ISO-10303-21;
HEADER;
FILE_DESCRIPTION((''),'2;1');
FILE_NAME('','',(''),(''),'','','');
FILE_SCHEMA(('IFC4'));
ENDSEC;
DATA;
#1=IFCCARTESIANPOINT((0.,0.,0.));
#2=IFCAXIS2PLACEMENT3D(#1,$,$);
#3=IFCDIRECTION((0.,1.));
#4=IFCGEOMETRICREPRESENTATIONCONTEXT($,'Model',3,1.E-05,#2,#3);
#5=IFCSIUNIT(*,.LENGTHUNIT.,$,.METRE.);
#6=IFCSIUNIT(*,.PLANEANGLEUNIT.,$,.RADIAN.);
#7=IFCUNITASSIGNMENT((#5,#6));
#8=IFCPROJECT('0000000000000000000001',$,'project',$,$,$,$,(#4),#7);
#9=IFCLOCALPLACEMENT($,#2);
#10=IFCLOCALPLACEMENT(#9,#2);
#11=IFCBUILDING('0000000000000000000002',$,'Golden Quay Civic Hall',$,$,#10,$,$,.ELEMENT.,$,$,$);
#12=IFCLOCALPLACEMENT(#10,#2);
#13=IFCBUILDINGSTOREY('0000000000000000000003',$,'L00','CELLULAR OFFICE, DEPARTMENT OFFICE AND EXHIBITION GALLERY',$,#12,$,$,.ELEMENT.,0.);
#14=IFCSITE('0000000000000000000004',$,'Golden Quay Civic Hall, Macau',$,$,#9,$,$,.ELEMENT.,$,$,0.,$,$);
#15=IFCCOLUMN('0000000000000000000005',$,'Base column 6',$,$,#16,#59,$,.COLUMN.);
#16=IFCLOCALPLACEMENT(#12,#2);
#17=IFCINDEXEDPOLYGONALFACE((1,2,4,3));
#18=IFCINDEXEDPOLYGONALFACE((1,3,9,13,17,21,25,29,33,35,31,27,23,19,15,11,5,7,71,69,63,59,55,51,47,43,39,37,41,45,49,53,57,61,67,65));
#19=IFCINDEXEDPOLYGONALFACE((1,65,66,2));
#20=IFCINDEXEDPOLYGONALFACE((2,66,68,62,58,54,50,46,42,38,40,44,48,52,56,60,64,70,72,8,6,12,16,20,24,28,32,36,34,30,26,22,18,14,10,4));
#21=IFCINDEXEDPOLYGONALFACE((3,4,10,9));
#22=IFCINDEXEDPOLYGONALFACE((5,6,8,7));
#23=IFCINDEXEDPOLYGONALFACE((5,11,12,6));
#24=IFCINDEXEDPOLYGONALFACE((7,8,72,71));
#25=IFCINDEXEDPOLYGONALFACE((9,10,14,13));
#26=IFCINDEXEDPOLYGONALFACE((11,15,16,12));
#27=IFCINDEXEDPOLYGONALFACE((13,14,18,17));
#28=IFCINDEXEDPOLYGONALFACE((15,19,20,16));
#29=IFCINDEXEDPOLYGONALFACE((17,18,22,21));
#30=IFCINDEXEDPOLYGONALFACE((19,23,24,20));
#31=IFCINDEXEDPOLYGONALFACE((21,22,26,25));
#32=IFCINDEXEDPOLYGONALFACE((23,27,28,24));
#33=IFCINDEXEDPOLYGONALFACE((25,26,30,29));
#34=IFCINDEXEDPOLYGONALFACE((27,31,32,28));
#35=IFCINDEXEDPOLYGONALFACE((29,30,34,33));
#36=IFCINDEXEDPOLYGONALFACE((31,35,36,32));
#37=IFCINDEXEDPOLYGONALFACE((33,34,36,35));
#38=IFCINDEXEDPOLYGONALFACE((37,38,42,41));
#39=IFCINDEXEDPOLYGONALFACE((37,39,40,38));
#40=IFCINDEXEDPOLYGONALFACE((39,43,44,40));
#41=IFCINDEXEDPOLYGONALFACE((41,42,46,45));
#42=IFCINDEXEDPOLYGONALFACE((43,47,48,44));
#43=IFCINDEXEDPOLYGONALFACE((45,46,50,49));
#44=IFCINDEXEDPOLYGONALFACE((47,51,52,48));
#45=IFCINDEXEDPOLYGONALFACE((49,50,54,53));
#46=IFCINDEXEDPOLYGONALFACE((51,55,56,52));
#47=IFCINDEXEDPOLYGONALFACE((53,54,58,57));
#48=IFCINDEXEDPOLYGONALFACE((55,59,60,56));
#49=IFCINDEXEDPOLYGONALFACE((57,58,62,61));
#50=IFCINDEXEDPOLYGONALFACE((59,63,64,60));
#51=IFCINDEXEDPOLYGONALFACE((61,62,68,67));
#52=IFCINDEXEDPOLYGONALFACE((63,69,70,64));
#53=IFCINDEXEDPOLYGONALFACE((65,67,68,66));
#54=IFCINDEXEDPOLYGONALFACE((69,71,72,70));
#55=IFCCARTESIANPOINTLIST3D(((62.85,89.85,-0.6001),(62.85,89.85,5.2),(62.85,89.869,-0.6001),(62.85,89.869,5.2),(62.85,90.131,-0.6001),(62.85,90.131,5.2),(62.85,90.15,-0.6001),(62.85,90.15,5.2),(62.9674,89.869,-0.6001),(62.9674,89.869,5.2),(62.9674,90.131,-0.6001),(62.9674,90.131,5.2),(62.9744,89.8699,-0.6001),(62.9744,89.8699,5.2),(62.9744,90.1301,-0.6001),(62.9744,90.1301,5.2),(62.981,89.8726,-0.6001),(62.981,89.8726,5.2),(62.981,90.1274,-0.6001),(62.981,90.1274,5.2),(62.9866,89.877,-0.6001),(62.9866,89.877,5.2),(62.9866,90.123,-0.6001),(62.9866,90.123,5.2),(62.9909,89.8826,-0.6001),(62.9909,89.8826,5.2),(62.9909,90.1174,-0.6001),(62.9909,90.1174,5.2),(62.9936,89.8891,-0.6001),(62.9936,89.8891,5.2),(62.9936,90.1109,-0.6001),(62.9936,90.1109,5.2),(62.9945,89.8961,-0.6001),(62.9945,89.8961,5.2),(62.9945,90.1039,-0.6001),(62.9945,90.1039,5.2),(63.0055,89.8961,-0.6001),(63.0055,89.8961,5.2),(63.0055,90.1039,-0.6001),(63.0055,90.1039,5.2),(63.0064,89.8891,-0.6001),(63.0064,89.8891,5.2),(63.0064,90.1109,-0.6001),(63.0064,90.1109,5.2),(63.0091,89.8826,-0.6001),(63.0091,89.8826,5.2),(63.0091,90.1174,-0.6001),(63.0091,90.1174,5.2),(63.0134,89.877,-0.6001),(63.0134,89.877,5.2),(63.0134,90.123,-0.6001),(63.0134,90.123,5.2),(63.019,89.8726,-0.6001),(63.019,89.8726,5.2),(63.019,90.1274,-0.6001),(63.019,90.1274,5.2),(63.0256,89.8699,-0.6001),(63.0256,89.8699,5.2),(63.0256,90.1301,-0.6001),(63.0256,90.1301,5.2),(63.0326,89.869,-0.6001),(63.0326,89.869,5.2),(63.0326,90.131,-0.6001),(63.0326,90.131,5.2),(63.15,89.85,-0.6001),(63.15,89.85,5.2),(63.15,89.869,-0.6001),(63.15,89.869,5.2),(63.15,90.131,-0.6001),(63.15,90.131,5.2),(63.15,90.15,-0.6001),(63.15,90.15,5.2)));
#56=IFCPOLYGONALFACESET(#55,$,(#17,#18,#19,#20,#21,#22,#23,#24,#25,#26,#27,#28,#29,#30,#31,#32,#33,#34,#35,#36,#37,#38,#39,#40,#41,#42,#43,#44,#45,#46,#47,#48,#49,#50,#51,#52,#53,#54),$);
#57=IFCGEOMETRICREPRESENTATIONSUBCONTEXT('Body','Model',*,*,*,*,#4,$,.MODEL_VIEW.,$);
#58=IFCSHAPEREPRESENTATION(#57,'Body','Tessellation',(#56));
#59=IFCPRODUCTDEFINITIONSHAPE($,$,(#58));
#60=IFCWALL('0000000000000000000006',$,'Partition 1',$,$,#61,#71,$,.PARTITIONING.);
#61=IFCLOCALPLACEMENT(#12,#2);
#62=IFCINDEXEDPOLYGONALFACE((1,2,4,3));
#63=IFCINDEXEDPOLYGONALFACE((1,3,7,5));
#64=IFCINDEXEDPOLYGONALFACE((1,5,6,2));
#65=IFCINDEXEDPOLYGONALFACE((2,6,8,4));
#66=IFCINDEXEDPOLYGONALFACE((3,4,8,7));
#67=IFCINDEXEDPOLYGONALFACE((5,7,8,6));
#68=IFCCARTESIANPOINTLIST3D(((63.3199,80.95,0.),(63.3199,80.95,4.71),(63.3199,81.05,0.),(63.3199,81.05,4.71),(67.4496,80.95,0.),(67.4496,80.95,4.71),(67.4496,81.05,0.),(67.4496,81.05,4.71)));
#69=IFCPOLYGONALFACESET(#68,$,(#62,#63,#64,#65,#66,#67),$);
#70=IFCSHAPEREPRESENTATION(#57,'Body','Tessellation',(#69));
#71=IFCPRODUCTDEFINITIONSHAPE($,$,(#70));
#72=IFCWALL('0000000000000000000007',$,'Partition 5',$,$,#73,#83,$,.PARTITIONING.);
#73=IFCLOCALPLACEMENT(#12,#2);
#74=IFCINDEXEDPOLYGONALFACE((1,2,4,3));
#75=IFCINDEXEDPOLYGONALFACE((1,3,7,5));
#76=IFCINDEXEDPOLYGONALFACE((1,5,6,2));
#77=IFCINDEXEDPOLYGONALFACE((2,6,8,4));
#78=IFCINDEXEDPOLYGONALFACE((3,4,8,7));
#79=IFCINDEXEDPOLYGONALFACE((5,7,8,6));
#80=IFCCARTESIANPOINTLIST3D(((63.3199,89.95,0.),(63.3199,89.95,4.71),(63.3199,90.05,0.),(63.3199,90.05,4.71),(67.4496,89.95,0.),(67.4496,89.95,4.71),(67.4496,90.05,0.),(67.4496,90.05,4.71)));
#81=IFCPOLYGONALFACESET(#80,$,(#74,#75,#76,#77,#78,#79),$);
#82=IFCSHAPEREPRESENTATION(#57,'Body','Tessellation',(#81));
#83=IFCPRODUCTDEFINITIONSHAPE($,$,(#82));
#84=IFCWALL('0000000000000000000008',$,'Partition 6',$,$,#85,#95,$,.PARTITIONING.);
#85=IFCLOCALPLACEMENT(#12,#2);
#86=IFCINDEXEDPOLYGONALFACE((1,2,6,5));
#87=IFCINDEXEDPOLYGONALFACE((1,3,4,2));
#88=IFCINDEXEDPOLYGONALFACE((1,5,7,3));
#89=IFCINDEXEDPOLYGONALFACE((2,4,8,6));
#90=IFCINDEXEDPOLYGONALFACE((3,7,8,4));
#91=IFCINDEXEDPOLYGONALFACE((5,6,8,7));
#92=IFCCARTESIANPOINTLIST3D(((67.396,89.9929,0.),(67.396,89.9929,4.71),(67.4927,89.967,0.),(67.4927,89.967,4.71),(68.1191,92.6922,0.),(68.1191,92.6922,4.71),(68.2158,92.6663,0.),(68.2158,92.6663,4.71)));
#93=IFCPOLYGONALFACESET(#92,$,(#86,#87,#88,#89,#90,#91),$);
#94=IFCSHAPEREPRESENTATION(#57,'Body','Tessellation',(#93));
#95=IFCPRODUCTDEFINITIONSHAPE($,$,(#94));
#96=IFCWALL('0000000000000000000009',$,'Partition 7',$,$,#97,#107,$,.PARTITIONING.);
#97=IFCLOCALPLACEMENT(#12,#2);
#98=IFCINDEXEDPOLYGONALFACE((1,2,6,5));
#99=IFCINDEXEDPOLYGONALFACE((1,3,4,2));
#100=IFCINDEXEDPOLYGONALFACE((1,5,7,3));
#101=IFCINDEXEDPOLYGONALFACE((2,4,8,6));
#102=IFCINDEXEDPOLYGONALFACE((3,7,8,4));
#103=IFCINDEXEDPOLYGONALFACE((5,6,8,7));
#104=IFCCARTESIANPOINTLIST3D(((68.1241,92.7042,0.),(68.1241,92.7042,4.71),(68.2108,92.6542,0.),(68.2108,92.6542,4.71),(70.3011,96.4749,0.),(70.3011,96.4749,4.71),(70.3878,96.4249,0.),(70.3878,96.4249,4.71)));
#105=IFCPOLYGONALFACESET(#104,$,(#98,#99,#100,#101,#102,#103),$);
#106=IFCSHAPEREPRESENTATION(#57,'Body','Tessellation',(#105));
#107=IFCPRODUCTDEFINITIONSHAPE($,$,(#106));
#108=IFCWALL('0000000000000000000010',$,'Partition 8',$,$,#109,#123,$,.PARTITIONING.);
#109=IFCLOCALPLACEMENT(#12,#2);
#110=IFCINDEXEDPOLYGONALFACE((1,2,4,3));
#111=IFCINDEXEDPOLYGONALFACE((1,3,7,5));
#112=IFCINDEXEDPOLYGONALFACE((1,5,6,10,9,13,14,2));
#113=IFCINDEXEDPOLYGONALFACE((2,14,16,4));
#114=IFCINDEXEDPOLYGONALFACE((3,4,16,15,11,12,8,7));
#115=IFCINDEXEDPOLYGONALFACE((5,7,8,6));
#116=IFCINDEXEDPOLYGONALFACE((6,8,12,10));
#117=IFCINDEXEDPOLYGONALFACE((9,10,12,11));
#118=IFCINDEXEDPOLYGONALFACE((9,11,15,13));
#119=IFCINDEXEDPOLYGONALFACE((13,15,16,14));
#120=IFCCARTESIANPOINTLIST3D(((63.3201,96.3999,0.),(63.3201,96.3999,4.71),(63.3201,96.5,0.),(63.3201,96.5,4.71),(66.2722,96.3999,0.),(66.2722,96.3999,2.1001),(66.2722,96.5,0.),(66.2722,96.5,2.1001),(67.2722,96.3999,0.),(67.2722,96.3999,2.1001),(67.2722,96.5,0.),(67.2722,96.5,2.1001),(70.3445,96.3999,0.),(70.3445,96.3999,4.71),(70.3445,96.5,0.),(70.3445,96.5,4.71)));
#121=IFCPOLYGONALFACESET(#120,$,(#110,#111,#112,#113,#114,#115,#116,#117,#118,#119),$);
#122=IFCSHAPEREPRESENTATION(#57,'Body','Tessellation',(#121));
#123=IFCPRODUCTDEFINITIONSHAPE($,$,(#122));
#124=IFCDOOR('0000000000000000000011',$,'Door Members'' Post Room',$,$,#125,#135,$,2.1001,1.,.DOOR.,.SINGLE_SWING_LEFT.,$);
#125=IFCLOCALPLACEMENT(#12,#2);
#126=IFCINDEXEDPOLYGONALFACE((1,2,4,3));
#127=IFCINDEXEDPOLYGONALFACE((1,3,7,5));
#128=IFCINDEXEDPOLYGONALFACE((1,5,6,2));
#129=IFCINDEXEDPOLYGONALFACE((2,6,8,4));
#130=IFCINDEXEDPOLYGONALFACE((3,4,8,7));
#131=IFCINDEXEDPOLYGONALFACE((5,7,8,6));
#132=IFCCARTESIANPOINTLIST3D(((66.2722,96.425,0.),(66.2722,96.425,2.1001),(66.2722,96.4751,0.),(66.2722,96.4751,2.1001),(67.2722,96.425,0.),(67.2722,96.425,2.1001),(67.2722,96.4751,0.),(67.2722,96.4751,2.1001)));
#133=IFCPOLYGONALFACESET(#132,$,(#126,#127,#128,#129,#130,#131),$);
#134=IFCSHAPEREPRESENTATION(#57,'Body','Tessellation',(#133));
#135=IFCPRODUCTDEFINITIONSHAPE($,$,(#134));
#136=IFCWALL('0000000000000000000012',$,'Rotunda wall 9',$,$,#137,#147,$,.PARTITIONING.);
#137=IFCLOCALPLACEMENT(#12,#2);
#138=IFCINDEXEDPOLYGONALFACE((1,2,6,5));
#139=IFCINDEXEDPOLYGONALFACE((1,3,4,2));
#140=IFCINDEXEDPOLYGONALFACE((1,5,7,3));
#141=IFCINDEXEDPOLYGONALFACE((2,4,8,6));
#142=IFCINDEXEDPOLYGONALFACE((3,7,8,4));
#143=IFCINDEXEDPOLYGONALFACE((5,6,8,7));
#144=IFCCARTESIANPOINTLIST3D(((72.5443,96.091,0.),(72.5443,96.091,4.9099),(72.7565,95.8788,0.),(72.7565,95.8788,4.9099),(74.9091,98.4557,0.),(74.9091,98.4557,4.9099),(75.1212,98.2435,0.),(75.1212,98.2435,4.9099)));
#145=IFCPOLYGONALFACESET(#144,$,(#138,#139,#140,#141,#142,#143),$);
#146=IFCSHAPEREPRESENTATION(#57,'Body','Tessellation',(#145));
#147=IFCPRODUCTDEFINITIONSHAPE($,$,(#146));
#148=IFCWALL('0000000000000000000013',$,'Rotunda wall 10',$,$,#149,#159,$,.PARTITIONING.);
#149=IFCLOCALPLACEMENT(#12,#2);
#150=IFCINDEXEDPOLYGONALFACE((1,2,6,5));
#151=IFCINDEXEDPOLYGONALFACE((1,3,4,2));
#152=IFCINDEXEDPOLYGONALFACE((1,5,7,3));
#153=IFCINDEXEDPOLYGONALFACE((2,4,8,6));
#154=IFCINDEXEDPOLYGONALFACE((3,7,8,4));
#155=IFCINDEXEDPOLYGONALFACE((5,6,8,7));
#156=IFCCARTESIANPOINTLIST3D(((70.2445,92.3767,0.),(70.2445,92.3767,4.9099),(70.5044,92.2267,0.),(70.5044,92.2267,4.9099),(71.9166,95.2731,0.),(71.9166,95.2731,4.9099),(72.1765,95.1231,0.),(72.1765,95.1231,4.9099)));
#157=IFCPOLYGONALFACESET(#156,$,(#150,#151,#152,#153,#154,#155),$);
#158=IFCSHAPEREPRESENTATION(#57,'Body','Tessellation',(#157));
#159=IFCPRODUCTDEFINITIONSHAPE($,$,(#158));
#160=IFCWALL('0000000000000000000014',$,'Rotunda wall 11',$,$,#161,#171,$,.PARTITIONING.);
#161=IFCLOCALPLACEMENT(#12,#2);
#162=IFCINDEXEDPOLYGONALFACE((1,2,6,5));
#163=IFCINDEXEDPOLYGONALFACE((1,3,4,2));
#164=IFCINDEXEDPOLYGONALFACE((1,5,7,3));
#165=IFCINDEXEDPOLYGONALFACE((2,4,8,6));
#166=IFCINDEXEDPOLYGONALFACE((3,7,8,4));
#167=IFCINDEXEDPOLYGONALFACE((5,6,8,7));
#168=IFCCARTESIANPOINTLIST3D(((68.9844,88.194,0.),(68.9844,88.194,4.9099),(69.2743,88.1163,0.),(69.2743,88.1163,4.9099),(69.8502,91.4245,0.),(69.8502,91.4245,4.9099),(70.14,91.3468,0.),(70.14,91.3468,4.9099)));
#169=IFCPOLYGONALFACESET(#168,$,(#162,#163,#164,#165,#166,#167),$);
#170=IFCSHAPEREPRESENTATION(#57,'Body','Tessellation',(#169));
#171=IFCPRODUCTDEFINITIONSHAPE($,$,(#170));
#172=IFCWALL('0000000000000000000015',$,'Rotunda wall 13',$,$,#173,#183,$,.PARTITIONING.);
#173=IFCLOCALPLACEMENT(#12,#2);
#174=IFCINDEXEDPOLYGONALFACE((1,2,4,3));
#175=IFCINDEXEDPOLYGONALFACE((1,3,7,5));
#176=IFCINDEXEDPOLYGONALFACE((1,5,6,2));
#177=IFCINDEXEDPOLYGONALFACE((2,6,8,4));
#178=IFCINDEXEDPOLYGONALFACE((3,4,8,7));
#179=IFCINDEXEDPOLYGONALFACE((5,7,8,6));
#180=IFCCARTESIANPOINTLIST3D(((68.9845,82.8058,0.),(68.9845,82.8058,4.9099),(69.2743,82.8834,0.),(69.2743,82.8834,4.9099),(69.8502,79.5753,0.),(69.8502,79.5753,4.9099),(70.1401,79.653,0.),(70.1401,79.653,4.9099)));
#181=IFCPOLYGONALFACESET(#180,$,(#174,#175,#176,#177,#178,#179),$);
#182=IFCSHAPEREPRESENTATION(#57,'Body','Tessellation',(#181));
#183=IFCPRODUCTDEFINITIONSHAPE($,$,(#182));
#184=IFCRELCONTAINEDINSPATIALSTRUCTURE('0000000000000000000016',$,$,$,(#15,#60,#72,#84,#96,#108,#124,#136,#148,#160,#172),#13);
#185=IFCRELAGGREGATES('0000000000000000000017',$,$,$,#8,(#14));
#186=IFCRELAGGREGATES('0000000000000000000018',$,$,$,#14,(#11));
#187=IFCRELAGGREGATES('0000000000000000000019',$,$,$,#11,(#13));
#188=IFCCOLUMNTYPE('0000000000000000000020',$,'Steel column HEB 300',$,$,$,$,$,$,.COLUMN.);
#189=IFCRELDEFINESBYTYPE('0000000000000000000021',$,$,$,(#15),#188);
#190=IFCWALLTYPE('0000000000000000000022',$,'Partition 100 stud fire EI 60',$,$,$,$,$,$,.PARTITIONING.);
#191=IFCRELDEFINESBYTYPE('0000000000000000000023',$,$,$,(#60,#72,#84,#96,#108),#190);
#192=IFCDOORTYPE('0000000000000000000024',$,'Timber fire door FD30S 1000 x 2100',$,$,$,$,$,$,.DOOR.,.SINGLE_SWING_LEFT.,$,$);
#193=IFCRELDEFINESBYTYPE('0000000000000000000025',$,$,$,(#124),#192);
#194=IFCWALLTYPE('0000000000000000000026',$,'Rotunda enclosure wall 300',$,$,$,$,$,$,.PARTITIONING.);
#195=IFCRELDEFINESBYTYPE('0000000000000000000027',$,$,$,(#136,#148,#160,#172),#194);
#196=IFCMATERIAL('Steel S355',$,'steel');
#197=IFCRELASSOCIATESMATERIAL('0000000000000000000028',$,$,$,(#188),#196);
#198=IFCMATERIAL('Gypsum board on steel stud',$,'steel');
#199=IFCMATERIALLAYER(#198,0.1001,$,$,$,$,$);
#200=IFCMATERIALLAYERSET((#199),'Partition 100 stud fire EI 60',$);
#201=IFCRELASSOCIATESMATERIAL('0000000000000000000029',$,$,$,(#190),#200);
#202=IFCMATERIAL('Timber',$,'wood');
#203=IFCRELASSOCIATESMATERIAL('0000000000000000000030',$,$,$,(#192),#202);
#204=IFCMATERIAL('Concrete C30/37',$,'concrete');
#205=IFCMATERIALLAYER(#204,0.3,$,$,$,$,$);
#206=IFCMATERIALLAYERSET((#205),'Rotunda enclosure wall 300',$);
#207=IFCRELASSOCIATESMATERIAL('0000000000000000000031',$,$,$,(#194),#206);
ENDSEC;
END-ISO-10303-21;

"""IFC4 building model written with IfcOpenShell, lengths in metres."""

from ifc_helpers import new_model, si_unit, direction, frame, frame_2d, origin, origin_2d, place, context, subcontext, project, spatial, rectangle, i_section, extrude, material, layer, layer_set, material_profile, profile_set, type_object, element, fill, save


model = new_model("IFC4")

# Units and contexts
model_context = context("Model", 3, precision=1e-05, world=origin(), true_north=direction((0.0, 1.0)))
body_context = subcontext(model_context, "Body", "Model", "MODEL_VIEW")
ifc_project = project(units=[si_unit("LENGTHUNIT", "METRE"), si_unit("PLANEANGLEUNIT", "RADIAN")], contexts=[model_context])

# Site, building, storey
site_placement = place(None, origin())
site = spatial("IfcSite", under=ifc_project, at=site_placement, Name="Golden Quay Civic Hall, Macau", CompositionType="ELEMENT", RefElevation=0.0)
building_placement = place(site_placement, origin())
building = spatial("IfcBuilding", under=site, at=building_placement, Name="Golden Quay Civic Hall", CompositionType="ELEMENT")
storey_placement = place(building_placement, origin())
storey = spatial("IfcBuildingStorey", under=building, at=storey_placement, Name="L00", Description="CELLULAR OFFICE, DEPARTMENT OFFICE AND EXHIBITION GALLERY", CompositionType="ELEMENT", Elevation=0.0)

# Column
ifc_material_1 = material(Name="Steel S355", Category="steel")
ifc_material_profile_1 = material_profile(ifc_material_1, i_section(OverallWidth=0.3, OverallDepth=0.3, WebThickness=0.011, FlangeThickness=0.019, FilletRadius=0.0271, at=origin_2d()), Name="HEB 300")
ifc_profile_set_1 = profile_set([ifc_material_profile_1], Name="Steel S355")
column_type_1 = type_object("IfcColumnType", Name="Steel column HEB 300", PredefinedType="COLUMN", material=ifc_profile_set_1)
for number, where, z_axis, x_axis, name in (
    (1, (63.0, 90.0, -0.6001), (0.0, 0.0, 1.0), (1.0, 0.0, 0.0), "Base column 6"),
):
    element("IfcColumn", number, at=place(storey_placement, frame(where, z_axis=z_axis, x_axis=x_axis)), inside=storey, type_object=column_type_1, Name=name, PredefinedType="COLUMN", context=body_context, shape_type="SweptSolid", body=[
        extrude(i_section(OverallWidth=0.3, OverallDepth=0.3, WebThickness=0.011, FlangeThickness=0.019, FilletRadius=0.0271, at=origin_2d()), origin(), (0.0, 0.0, 1.0), 5.8),
    ])

# Walls
ifc_material_2 = material(Name="Gypsum board on steel stud", Category="steel")
ifc_layer_1 = layer(ifc_material_2, 0.1001)
ifc_layer_set_1 = layer_set([ifc_layer_1], Name="Partition 100 stud fire EI 60")
wall_type_1 = type_object("IfcWallType", Name="Partition 100 stud fire EI 60", PredefinedType="PARTITIONING", material=ifc_layer_set_1)
for number, where, z_axis, x_axis, name in (
    (2, (67.4497, 81.0, 0.0), (0.0, 0.0, 1.0), (-1.0, 0.0, 0.0), "Partition 1"),
    (3, (67.4497, 90.0, 0.0), (0.0, 0.0, 1.0), (-1.0, 0.0, 0.0), "Partition 5"),
):
    element("IfcWall", number, at=place(storey_placement, frame(where, z_axis=z_axis, x_axis=x_axis)), inside=storey, type_object=wall_type_1, Name=name, PredefinedType="PARTITIONING", context=body_context, shape_type="SweptSolid", body=[
        extrude(rectangle(XDim=4.1296, YDim=0.1001, at=frame_2d((2.0649, 0.0))), origin(), (0.0, 0.0, 1.0), 4.71),
    ])
wall_1_placement = place(storey_placement, frame((67.4443, 89.98, 0.0), z_axis=(0.0, 0.0, 1.0), x_axis=(0.258783, 0.965936, 0.0)))
element("IfcWall", 4, at=wall_1_placement, inside=storey, type_object=wall_type_1, Name="Partition 6", PredefinedType="PARTITIONING", context=body_context, shape_type="SweptSolid", body=[
    extrude(rectangle(XDim=2.7944, YDim=0.1001, at=frame_2d((1.3972, 0.0))), origin(), (0.0, 0.0, 1.0), 4.71),
])
wall_2_placement = place(storey_placement, frame((68.1675, 92.6792, 0.0), z_axis=(0.0, 0.0, 1.0), x_axis=(0.499993, 0.86603, 0.0)))
element("IfcWall", 5, at=wall_2_placement, inside=storey, type_object=wall_type_1, Name="Partition 7", PredefinedType="PARTITIONING", context=body_context, shape_type="SweptSolid", body=[
    extrude(rectangle(XDim=4.354, YDim=0.1001, at=frame_2d((2.177, 0.0))), origin(), (0.0, 0.0, 1.0), 4.71),
])

# Wall, opening, door
wall_3_placement = place(storey_placement, frame((70.3445, 96.45, 0.0), z_axis=(0.0, 0.0, 1.0), x_axis=(-1.0, 0.0, 0.0)))
wall_3 = element("IfcWall", 6, at=wall_3_placement, inside=storey, type_object=wall_type_1, Name="Partition 8", PredefinedType="PARTITIONING", context=body_context, shape_type="SweptSolid", body=[
    extrude(rectangle(XDim=7.0244, YDim=0.1001, at=frame_2d((3.5122, 0.0))), origin(), (0.0, 0.0, 1.0), 4.71),
])
opening_1_placement = place(wall_3_placement, frame((3.0723, 0.0, 0.0)))
opening_1 = element("IfcOpeningElement", 7, at=opening_1_placement, cuts=wall_3, PredefinedType="OPENING", context=body_context, shape_type="SweptSolid", body=[
    extrude(rectangle(XDim=1.0, YDim=2.1001, at=frame_2d((0.5, 1.05))), frame((0.0, 0.0601, 0.0), z_axis=(0.0, -1.0, 0.0), x_axis=(1.0, 0.0, 0.0)), (0.0, 0.0, 1.0), 0.1201),
])
ifc_material_3 = material(Name="Timber", Category="wood")
door_type_1 = type_object("IfcDoorType", Name="Timber fire door FD30S 1000 x 2100", OperationType="SINGLE_SWING_LEFT", PredefinedType="DOOR", material=ifc_material_3)
door_1_placement = place(opening_1_placement, origin())
door_1 = element("IfcDoor", 8, at=door_1_placement, inside=storey, type_object=door_type_1, Name="Door Members' Post Room", OperationType="SINGLE_SWING_LEFT", OverallHeight=2.1001, OverallWidth=1.0, PredefinedType="DOOR", context=body_context, shape_type="SweptSolid", body=[
    extrude(rectangle(XDim=1.0, YDim=2.1001, at=frame_2d((0.5, 1.05))), frame((0.0, 0.0249, 0.0), z_axis=(0.0, -1.0, 0.0), x_axis=(1.0, 0.0, 0.0)), (0.0, 0.0, 1.0), 0.05),
])
fill(opening_1, door_1)

# Walls
ifc_material_4 = material(Name="Concrete C30/37", Category="concrete")
ifc_layer_2 = layer(ifc_material_4, 0.3)
ifc_layer_set_2 = layer_set([ifc_layer_2], Name="Rotunda enclosure wall 300")
wall_type_2 = type_object("IfcWallType", Name="Rotunda enclosure wall 300", PredefinedType="PARTITIONING", material=ifc_layer_set_2)
wall_4_placement = place(storey_placement, frame((75.0151, 98.3496, 0.0), z_axis=(0.0, 0.0, 1.0), x_axis=(-0.707107, -0.707107, 0.0)))
element("IfcWall", 9, at=wall_4_placement, inside=storey, type_object=wall_type_2, Name="Rotunda wall 9", PredefinedType="PARTITIONING", context=body_context, shape_type="SweptSolid", body=[
    extrude(rectangle(XDim=3.3442, YDim=0.3, at=frame_2d((1.6721, 0.0))), origin(), (0.0, 0.0, 1.0), 4.9099),
])
for number, where, z_axis, x_axis, name in (
    (10, (72.0466, 95.1982, 0.0), (0.0, 0.0, 1.0), (-0.499963, -0.866047, 0.0), "Rotunda wall 10"),
    (11, (69.9951, 91.3857, 0.0), (0.0, 0.0, 1.0), (-0.258853, -0.965917, 0.0), "Rotunda wall 11"),
):
    element("IfcWall", number, at=place(storey_placement, frame(where, z_axis=z_axis, x_axis=x_axis)), inside=storey, type_object=wall_type_2, Name=name, PredefinedType="PARTITIONING", context=body_context, shape_type="SweptSolid", body=[
        extrude(rectangle(XDim=3.3445, YDim=0.3, at=frame_2d((1.6724, 0.0))), origin(), (0.0, 0.0, 1.0), 4.9099),
    ])

# Wall
wall_5_placement = place(storey_placement, frame((69.1294, 82.8447, 0.0), z_axis=(0.0, 0.0, 1.0), x_axis=(0.258853, -0.965917, 0.0)))
element("IfcWall", 12, at=wall_5_placement, inside=storey, type_object=wall_type_2, Name="Rotunda wall 13", PredefinedType="PARTITIONING", context=body_context, shape_type="SweptSolid", body=[
    extrude(rectangle(XDim=3.3445, YDim=0.3, at=frame_2d((1.6724, 0.0))), origin(), (0.0, 0.0, 1.0), 4.9099),
])

save(model, "model.ifc")
